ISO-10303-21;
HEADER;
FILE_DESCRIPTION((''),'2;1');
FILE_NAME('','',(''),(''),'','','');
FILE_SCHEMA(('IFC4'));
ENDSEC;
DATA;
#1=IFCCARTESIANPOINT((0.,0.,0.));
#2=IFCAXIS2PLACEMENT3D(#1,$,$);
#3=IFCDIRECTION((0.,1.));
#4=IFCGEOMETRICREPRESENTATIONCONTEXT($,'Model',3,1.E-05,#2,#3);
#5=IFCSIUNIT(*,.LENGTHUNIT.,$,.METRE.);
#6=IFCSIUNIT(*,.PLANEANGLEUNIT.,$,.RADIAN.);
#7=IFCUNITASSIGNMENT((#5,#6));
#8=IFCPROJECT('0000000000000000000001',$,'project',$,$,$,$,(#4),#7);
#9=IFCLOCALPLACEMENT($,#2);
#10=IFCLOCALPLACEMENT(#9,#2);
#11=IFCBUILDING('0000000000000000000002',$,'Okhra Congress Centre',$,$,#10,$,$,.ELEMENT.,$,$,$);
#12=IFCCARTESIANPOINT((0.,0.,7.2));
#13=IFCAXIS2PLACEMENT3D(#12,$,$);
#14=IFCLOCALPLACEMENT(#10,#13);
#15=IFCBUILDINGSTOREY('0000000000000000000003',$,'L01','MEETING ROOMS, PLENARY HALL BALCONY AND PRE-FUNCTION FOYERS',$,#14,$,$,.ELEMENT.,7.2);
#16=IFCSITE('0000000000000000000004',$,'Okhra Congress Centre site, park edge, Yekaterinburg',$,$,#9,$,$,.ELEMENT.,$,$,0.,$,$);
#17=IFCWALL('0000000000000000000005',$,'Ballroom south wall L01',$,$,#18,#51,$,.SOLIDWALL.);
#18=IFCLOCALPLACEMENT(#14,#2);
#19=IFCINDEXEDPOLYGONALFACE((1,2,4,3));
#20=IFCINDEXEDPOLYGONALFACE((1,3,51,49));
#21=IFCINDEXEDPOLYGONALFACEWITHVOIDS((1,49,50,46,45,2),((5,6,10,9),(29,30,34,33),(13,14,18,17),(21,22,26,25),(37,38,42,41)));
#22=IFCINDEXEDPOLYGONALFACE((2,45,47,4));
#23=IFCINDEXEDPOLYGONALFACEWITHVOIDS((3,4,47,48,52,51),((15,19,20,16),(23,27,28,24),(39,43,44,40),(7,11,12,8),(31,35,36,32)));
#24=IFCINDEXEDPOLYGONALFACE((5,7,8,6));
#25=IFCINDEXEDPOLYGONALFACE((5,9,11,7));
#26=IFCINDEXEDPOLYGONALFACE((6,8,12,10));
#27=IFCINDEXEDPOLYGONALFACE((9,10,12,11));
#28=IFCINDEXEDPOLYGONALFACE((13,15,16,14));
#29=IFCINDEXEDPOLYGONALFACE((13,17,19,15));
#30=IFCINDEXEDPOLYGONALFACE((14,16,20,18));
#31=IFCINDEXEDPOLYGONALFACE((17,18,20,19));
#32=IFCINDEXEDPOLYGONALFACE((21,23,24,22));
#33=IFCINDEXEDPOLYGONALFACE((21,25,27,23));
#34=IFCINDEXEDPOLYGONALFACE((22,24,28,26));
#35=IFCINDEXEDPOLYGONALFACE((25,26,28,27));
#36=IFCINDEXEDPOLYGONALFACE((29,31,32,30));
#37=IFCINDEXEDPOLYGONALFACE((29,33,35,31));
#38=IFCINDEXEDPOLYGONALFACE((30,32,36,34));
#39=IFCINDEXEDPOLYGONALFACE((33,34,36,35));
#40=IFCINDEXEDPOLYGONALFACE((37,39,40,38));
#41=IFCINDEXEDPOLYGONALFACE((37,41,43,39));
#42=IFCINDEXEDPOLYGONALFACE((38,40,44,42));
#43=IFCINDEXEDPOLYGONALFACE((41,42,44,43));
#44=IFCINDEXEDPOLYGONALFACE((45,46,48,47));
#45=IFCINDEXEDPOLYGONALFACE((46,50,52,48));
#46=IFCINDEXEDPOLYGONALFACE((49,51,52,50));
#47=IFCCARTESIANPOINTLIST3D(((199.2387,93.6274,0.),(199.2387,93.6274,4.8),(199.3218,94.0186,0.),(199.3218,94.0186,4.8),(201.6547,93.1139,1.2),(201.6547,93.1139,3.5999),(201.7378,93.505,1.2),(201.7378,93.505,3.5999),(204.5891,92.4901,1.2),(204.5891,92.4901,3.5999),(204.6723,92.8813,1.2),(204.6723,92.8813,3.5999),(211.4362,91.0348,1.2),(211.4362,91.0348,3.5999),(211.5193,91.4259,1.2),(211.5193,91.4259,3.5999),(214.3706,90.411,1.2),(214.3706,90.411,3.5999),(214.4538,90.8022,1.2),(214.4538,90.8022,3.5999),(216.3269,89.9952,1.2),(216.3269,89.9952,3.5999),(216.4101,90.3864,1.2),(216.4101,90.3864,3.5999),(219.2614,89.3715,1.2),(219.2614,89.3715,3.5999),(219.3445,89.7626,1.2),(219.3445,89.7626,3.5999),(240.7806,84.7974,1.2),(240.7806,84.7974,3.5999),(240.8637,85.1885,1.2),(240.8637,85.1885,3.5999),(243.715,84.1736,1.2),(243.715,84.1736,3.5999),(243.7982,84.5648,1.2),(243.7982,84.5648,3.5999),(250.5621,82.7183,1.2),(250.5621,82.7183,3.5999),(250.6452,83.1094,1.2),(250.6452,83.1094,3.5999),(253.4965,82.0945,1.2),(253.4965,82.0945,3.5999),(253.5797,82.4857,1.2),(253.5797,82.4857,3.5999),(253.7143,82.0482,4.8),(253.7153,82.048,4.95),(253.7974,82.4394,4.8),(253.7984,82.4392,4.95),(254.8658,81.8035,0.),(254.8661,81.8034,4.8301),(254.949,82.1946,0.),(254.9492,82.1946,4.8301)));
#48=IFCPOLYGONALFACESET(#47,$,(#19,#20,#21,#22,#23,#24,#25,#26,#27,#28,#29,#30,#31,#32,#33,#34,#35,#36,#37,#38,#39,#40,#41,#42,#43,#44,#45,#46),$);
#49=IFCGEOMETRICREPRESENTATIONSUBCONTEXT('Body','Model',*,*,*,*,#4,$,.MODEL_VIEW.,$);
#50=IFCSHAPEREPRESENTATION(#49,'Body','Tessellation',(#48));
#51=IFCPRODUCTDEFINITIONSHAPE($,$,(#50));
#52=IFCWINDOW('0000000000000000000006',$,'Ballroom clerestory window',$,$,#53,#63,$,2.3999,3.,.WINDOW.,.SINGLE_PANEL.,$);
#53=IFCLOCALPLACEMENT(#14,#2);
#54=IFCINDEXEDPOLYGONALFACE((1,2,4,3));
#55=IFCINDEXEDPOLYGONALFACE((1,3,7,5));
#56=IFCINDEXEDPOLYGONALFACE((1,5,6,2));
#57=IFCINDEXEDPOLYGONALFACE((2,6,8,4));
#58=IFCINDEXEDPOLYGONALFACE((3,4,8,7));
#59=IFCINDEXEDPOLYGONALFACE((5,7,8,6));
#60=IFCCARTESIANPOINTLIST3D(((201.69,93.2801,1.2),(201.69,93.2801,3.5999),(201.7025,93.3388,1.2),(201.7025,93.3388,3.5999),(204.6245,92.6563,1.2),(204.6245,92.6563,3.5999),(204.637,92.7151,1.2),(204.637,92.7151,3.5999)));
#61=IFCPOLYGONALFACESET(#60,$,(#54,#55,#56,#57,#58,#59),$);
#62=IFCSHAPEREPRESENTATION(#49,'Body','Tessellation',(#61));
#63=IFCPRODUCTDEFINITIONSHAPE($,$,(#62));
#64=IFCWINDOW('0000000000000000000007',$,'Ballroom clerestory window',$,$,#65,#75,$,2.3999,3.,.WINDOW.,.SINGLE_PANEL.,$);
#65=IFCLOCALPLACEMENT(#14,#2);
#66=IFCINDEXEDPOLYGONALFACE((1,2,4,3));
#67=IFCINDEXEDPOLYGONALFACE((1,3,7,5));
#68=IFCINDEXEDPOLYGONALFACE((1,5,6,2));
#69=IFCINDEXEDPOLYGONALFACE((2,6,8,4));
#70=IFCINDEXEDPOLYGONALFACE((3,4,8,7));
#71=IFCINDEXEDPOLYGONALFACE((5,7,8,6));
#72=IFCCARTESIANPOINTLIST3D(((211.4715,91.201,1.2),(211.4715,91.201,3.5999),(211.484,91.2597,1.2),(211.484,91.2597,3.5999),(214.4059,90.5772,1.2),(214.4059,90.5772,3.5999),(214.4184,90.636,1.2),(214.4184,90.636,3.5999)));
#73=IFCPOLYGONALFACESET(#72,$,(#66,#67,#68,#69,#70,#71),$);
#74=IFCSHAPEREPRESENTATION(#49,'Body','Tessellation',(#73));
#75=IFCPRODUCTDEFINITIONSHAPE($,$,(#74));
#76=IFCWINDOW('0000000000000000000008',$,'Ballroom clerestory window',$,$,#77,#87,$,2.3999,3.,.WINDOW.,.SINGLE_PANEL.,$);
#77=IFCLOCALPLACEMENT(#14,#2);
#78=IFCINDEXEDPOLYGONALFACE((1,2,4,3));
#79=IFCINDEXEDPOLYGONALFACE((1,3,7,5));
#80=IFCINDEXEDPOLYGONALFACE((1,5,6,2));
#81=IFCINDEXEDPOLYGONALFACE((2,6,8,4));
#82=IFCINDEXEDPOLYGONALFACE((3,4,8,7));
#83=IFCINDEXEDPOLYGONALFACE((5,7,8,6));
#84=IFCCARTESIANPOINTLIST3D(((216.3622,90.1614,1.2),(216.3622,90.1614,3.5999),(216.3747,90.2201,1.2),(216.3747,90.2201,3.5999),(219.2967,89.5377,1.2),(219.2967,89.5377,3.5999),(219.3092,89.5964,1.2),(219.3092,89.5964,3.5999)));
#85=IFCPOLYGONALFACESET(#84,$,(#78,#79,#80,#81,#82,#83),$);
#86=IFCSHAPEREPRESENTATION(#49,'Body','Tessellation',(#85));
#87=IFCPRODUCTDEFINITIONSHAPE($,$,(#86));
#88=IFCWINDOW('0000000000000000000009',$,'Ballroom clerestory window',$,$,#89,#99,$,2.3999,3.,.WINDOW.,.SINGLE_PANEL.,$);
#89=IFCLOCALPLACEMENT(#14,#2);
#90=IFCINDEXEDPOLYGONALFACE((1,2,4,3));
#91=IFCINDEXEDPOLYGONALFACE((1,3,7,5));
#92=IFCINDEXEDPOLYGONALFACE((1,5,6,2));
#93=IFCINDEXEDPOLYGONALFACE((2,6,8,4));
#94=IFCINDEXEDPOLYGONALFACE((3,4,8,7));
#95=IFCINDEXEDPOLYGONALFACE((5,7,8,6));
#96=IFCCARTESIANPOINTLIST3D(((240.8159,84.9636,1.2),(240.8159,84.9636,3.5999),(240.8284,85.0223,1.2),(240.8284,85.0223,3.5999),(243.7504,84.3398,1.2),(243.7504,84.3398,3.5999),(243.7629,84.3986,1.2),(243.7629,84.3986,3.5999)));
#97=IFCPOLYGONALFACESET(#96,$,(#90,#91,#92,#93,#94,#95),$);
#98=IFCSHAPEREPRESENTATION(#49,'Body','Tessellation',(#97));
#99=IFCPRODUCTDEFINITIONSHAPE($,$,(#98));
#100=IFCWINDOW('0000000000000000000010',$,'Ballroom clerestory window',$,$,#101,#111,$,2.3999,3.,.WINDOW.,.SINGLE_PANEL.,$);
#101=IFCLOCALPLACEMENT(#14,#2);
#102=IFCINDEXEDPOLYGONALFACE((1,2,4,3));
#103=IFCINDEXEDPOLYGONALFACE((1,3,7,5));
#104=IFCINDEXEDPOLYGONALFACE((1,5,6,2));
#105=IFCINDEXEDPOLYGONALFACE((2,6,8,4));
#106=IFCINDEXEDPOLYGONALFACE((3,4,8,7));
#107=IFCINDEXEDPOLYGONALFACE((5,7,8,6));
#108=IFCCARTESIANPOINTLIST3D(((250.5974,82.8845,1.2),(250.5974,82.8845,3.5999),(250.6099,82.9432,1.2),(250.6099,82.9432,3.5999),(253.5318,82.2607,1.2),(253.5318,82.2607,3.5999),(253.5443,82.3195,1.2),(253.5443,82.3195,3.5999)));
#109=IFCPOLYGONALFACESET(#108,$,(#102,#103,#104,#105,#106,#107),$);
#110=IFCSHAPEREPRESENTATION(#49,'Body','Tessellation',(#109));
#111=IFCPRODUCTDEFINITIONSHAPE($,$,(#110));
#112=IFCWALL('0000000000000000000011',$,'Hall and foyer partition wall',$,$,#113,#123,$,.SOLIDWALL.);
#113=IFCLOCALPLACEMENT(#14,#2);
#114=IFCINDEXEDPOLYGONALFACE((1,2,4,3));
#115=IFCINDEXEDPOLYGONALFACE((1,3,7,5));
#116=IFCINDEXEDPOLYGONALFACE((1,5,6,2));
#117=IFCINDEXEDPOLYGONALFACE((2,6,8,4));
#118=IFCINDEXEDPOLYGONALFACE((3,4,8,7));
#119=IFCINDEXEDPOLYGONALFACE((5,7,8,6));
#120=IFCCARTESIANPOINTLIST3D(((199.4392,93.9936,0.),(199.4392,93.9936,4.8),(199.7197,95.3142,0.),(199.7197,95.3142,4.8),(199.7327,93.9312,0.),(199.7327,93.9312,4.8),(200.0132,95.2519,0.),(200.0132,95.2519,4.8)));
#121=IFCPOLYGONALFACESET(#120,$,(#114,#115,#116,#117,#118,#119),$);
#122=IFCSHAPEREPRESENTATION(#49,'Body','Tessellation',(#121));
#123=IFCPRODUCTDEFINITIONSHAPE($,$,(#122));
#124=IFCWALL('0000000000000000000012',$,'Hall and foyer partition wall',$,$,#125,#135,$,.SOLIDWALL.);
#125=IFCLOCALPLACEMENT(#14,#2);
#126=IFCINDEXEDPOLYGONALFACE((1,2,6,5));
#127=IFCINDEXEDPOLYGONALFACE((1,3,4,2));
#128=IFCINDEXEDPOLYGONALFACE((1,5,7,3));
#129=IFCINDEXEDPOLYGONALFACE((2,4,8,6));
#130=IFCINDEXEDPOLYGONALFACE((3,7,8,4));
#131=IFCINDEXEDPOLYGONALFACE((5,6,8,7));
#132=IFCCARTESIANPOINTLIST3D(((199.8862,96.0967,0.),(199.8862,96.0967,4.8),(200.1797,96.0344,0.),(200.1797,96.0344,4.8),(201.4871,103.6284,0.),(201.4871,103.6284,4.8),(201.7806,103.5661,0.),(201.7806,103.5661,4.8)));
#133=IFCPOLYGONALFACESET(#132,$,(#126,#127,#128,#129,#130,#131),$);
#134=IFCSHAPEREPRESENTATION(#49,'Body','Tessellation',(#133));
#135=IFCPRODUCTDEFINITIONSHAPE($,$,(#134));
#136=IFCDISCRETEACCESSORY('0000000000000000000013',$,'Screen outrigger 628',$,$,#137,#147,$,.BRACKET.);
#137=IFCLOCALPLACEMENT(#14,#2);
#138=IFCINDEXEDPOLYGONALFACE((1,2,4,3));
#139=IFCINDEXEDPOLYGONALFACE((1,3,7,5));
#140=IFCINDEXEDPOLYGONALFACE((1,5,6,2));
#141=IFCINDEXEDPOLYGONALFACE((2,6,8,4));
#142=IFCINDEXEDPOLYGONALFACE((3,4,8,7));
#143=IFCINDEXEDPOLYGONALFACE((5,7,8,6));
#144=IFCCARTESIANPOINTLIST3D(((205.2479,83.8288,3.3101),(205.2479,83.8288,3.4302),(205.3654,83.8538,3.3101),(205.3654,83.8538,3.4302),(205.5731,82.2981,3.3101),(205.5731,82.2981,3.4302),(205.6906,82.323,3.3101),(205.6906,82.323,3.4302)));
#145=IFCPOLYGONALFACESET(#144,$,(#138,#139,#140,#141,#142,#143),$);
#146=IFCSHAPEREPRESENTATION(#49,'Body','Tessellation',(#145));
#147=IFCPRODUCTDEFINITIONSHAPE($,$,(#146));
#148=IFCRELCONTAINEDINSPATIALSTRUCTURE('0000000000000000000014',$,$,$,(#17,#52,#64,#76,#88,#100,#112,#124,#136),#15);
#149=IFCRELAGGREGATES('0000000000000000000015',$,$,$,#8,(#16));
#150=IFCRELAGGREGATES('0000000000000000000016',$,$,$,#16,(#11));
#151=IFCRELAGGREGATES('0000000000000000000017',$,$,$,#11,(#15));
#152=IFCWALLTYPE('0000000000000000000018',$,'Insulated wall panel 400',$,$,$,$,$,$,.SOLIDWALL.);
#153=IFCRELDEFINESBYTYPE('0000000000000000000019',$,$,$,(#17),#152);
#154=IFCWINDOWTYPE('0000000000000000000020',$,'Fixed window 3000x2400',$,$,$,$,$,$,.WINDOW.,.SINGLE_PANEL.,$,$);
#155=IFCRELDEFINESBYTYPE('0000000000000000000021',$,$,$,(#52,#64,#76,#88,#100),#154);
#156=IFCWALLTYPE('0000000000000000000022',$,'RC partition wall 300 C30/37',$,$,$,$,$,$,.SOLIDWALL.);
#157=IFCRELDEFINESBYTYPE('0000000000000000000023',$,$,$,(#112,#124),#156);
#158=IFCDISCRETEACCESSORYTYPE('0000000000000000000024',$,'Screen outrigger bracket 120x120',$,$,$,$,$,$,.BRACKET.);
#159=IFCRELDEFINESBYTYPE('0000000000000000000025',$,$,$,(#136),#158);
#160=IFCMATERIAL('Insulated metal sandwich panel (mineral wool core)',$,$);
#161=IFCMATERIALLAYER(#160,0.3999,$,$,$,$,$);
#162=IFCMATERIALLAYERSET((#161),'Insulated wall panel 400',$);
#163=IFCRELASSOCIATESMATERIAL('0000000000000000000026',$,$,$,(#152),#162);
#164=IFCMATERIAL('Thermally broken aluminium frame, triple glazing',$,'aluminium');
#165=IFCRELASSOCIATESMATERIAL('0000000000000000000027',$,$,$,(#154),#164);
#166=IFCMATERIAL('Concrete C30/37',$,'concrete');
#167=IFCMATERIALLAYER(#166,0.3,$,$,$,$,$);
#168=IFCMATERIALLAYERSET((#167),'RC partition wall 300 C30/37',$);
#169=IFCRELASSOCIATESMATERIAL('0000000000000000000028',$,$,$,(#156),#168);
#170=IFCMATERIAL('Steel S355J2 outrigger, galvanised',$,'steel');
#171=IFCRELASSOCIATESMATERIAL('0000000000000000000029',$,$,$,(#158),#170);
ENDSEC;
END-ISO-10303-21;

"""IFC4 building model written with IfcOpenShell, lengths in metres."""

from ifc_helpers import new_model, si_unit, direction, frame, frame_2d, origin, origin_2d, place, context, subcontext, project, spatial, polyline, rectangle, outline, extrude, material, layer, layer_set, material_profile, profile_set, type_object, element, fill, save


model = new_model("IFC4")

# Units and contexts
model_context = context("Model", 3, precision=1e-05, world=origin(), true_north=direction((0.0, 1.0)))
body_context = subcontext(model_context, "Body", "Model", "MODEL_VIEW")
ifc_project = project(units=[si_unit("LENGTHUNIT", "METRE"), si_unit("PLANEANGLEUNIT", "RADIAN")], contexts=[model_context])

# Site, building, storey
site_placement = place(None, origin())
site = spatial("IfcSite", under=ifc_project, at=site_placement, Name="Okhra Congress Centre site, park edge, Yekaterinburg", CompositionType="ELEMENT", RefElevation=0.0)
building_placement = place(site_placement, origin())
building = spatial("IfcBuilding", under=site, at=building_placement, Name="Okhra Congress Centre", CompositionType="ELEMENT")
storey_placement = place(building_placement, frame((0.0, 0.0, 7.2)))
storey = spatial("IfcBuildingStorey", under=building, at=storey_placement, Name="L01", Description="MEETING ROOMS, PLENARY HALL BALCONY AND PRE-FUNCTION FOYERS", CompositionType="ELEMENT", Elevation=7.2)

# Wall, openings, windows
ifc_material_1 = material(Name="Insulated metal sandwich panel (mineral wool core)")
ifc_layer_1 = layer(ifc_material_1, 0.3999)
ifc_layer_set_1 = layer_set([ifc_layer_1], Name="Insulated wall panel 400")
wall_type_1 = type_object("IfcWallType", Name="Insulated wall panel 400", PredefinedType="SOLIDWALL", material=ifc_layer_set_1)
wall_1_placement = place(storey_placement, frame((199.2803, 93.823, 0.0), z_axis=(0.0, 0.0, 1.0), x_axis=(0.978147, -0.207913, 0.0)))
wall_1 = element("IfcWall", 1, at=wall_1_placement, inside=storey, type_object=wall_type_1, Name="Ballroom south wall L01", PredefinedType="SOLIDWALL", context=body_context, shape_type="SweptSolid", body=[
    extrude(outline(polyline([(0.0, 0.0), (56.8699, 0.0), (56.8701, 4.8301), (55.6936, 4.95), (55.6926, 4.8), (0.0, 4.8), (0.0, 0.0)])), frame((0.0, 0.2, 0.0), z_axis=(0.0, -1.0, 0.0), x_axis=(1.0, 0.0, 0.0)), (0.0, 0.0, 1.0), 0.3999),
])
opening_1_placement = place(wall_1_placement, frame((2.47, 0.0, 1.2)))
opening_1 = element("IfcOpeningElement", 2, at=opening_1_placement, cuts=wall_1, PredefinedType="OPENING", context=body_context, shape_type="SweptSolid", body=[
    extrude(rectangle(XDim=3.0, YDim=2.3999, at=frame_2d((1.5, 1.2))), frame((0.0, 0.21, 0.0), z_axis=(0.0, -1.0, 0.0), x_axis=(1.0, 0.0, 0.0)), (0.0, 0.0, 1.0), 0.4199),
])
opening_2_placement = place(wall_1_placement, frame((12.47, 0.0, 1.2)))
opening_2 = element("IfcOpeningElement", 3, at=opening_2_placement, cuts=wall_1, PredefinedType="OPENING", context=body_context, shape_type="SweptSolid", body=[
    extrude(rectangle(XDim=3.0, YDim=2.3999, at=frame_2d((1.5, 1.2))), frame((0.0, 0.21, 0.0), z_axis=(0.0, -1.0, 0.0), x_axis=(1.0, 0.0, 0.0)), (0.0, 0.0, 1.0), 0.4199),
])
opening_3_placement = place(wall_1_placement, frame((17.47, 0.0, 1.2)))
opening_3 = element("IfcOpeningElement", 4, at=opening_3_placement, cuts=wall_1, PredefinedType="OPENING", context=body_context, shape_type="SweptSolid", body=[
    extrude(rectangle(XDim=3.0, YDim=2.3999, at=frame_2d((1.5, 1.2))), frame((0.0, 0.21, 0.0), z_axis=(0.0, -1.0, 0.0), x_axis=(1.0, 0.0, 0.0)), (0.0, 0.0, 1.0), 0.4199),
])
opening_4_placement = place(wall_1_placement, frame((42.47, 0.0, 1.2)))
opening_4 = element("IfcOpeningElement", 5, at=opening_4_placement, cuts=wall_1, PredefinedType="OPENING", context=body_context, shape_type="SweptSolid", body=[
    extrude(rectangle(XDim=3.0, YDim=2.3999, at=frame_2d((1.5, 1.2))), frame((0.0, 0.21, 0.0), z_axis=(0.0, -1.0, 0.0), x_axis=(1.0, 0.0, 0.0)), (0.0, 0.0, 1.0), 0.4199),
])
opening_5_placement = place(wall_1_placement, frame((52.47, 0.0, 1.2)))
opening_5 = element("IfcOpeningElement", 6, at=opening_5_placement, cuts=wall_1, PredefinedType="OPENING", context=body_context, shape_type="SweptSolid", body=[
    extrude(rectangle(XDim=3.0, YDim=2.3999, at=frame_2d((1.5, 1.2))), frame((0.0, 0.21, 0.0), z_axis=(0.0, -1.0, 0.0), x_axis=(1.0, 0.0, 0.0)), (0.0, 0.0, 1.0), 0.4199),
])
ifc_material_2 = material(Name="Thermally broken aluminium frame, triple glazing", Category="aluminium")
window_type = type_object("IfcWindowType", Name="Fixed window 3000x2400", PartitioningType="SINGLE_PANEL", PredefinedType="WINDOW", material=ifc_material_2)
window_1_placement = place(opening_1_placement, origin())
window_1 = element("IfcWindow", 7, at=window_1_placement, inside=storey, type_object=window_type, Name="Ballroom clerestory window", OverallHeight=2.3999, OverallWidth=3.0, PartitioningType="SINGLE_PANEL", PredefinedType="WINDOW", context=body_context, shape_type="SweptSolid", body=[
    extrude(rectangle(XDim=3.0, YDim=2.3999, at=frame_2d((1.5, 1.2))), frame((0.0, 0.03, 0.0), z_axis=(0.0, -1.0, 0.0), x_axis=(1.0, 0.0, 0.0)), (0.0, 0.0, 1.0), 0.0601),
])
fill(opening_1, window_1)
window_2_placement = place(opening_2_placement, origin())
window_2 = element("IfcWindow", 8, at=window_2_placement, inside=storey, type_object=window_type, Name="Ballroom clerestory window", OverallHeight=2.3999, OverallWidth=3.0, PartitioningType="SINGLE_PANEL", PredefinedType="WINDOW", context=body_context, shape_type="SweptSolid", body=[
    extrude(rectangle(XDim=3.0, YDim=2.3999, at=frame_2d((1.5, 1.2))), frame((0.0, 0.03, 0.0), z_axis=(0.0, -1.0, 0.0), x_axis=(1.0, 0.0, 0.0)), (0.0, 0.0, 1.0), 0.0601),
])
fill(opening_2, window_2)
window_3_placement = place(opening_3_placement, origin())
window_3 = element("IfcWindow", 9, at=window_3_placement, inside=storey, type_object=window_type, Name="Ballroom clerestory window", OverallHeight=2.3999, OverallWidth=3.0, PartitioningType="SINGLE_PANEL", PredefinedType="WINDOW", context=body_context, shape_type="SweptSolid", body=[
    extrude(rectangle(XDim=3.0, YDim=2.3999, at=frame_2d((1.5, 1.2))), frame((0.0, 0.03, 0.0), z_axis=(0.0, -1.0, 0.0), x_axis=(1.0, 0.0, 0.0)), (0.0, 0.0, 1.0), 0.0601),
])
fill(opening_3, window_3)
window_4_placement = place(opening_4_placement, origin())
window_4 = element("IfcWindow", 10, at=window_4_placement, inside=storey, type_object=window_type, Name="Ballroom clerestory window", OverallHeight=2.3999, OverallWidth=3.0, PartitioningType="SINGLE_PANEL", PredefinedType="WINDOW", context=body_context, shape_type="SweptSolid", body=[
    extrude(rectangle(XDim=3.0, YDim=2.3999, at=frame_2d((1.5, 1.2))), frame((0.0, 0.03, 0.0), z_axis=(0.0, -1.0, 0.0), x_axis=(1.0, 0.0, 0.0)), (0.0, 0.0, 1.0), 0.0601),
])
fill(opening_4, window_4)
window_5_placement = place(opening_5_placement, origin())
window_5 = element("IfcWindow", 11, at=window_5_placement, inside=storey, type_object=window_type, Name="Ballroom clerestory window", OverallHeight=2.3999, OverallWidth=3.0, PartitioningType="SINGLE_PANEL", PredefinedType="WINDOW", context=body_context, shape_type="SweptSolid", body=[
    extrude(rectangle(XDim=3.0, YDim=2.3999, at=frame_2d((1.5, 1.2))), frame((0.0, 0.03, 0.0), z_axis=(0.0, -1.0, 0.0), x_axis=(1.0, 0.0, 0.0)), (0.0, 0.0, 1.0), 0.0601),
])
fill(opening_5, window_5)

# Walls
ifc_material_3 = material(Name="Concrete C30/37", Category="concrete")
ifc_layer_2 = layer(ifc_material_3, 0.3)
ifc_layer_set_2 = layer_set([ifc_layer_2], Name="RC partition wall 300 C30/37")
wall_type_2 = type_object("IfcWallType", Name="RC partition wall 300 C30/37", PredefinedType="SOLIDWALL", material=ifc_layer_set_2)
wall_2_placement = place(storey_placement, frame((199.5859, 93.9624, 0.0), z_axis=(0.0, 0.0, 1.0), x_axis=(0.207787, 0.978174, 0.0)))
element("IfcWall", 12, at=wall_2_placement, inside=storey, type_object=wall_type_2, Name="Hall and foyer partition wall", PredefinedType="SOLIDWALL", context=body_context, shape_type="SweptSolid", body=[
    extrude(rectangle(XDim=1.3501, YDim=0.3, at=frame_2d((0.675, 0.0))), origin(), (0.0, 0.0, 1.0), 4.8),
])
wall_3_placement = place(storey_placement, frame((200.033, 96.0654, 0.0), z_axis=(0.0, 0.0, 1.0), x_axis=(0.2079, 0.97815, 0.0)))
element("IfcWall", 13, at=wall_3_placement, inside=storey, type_object=wall_type_2, Name="Hall and foyer partition wall", PredefinedType="SOLIDWALL", context=body_context, shape_type="SweptSolid", body=[
    extrude(rectangle(XDim=7.7, YDim=0.3, at=frame_2d((3.8501, 0.0))), origin(), (0.0, 0.0, 1.0), 4.8),
])

# Discrete accessory
ifc_material_4 = material(Name="Steel S355J2 outrigger, galvanised", Category="steel")
ifc_material_profile_1 = material_profile(ifc_material_4, rectangle(XDim=0.1201, YDim=0.1201, at=origin_2d()), Name="Screen outrigger bracket 120x120")
ifc_profile_set_1 = profile_set([ifc_material_profile_1], Name="Steel S355J2 outrigger, galvanised")
discrete_accessory_type = type_object("IfcDiscreteAccessoryType", Name="Screen outrigger bracket 120x120", PredefinedType="BRACKET", material=ifc_profile_set_1)
discrete_accessory_placement = place(storey_placement, frame((205.6318, 82.3105, 3.3701), z_axis=(-0.207803, 0.978171, 0.0), x_axis=(-0.978171, -0.207803, 0.0)))
element("IfcDiscreteAccessory", 14, at=discrete_accessory_placement, inside=storey, type_object=discrete_accessory_type, Name="Screen outrigger 628", PredefinedType="BRACKET", context=body_context, shape_type="SweptSolid", body=[
    extrude(rectangle(XDim=0.1201, YDim=0.1201, at=origin_2d()), origin(), (0.0, 0.0, 1.0), 1.5649),
])

save(model, "model.ifc")
